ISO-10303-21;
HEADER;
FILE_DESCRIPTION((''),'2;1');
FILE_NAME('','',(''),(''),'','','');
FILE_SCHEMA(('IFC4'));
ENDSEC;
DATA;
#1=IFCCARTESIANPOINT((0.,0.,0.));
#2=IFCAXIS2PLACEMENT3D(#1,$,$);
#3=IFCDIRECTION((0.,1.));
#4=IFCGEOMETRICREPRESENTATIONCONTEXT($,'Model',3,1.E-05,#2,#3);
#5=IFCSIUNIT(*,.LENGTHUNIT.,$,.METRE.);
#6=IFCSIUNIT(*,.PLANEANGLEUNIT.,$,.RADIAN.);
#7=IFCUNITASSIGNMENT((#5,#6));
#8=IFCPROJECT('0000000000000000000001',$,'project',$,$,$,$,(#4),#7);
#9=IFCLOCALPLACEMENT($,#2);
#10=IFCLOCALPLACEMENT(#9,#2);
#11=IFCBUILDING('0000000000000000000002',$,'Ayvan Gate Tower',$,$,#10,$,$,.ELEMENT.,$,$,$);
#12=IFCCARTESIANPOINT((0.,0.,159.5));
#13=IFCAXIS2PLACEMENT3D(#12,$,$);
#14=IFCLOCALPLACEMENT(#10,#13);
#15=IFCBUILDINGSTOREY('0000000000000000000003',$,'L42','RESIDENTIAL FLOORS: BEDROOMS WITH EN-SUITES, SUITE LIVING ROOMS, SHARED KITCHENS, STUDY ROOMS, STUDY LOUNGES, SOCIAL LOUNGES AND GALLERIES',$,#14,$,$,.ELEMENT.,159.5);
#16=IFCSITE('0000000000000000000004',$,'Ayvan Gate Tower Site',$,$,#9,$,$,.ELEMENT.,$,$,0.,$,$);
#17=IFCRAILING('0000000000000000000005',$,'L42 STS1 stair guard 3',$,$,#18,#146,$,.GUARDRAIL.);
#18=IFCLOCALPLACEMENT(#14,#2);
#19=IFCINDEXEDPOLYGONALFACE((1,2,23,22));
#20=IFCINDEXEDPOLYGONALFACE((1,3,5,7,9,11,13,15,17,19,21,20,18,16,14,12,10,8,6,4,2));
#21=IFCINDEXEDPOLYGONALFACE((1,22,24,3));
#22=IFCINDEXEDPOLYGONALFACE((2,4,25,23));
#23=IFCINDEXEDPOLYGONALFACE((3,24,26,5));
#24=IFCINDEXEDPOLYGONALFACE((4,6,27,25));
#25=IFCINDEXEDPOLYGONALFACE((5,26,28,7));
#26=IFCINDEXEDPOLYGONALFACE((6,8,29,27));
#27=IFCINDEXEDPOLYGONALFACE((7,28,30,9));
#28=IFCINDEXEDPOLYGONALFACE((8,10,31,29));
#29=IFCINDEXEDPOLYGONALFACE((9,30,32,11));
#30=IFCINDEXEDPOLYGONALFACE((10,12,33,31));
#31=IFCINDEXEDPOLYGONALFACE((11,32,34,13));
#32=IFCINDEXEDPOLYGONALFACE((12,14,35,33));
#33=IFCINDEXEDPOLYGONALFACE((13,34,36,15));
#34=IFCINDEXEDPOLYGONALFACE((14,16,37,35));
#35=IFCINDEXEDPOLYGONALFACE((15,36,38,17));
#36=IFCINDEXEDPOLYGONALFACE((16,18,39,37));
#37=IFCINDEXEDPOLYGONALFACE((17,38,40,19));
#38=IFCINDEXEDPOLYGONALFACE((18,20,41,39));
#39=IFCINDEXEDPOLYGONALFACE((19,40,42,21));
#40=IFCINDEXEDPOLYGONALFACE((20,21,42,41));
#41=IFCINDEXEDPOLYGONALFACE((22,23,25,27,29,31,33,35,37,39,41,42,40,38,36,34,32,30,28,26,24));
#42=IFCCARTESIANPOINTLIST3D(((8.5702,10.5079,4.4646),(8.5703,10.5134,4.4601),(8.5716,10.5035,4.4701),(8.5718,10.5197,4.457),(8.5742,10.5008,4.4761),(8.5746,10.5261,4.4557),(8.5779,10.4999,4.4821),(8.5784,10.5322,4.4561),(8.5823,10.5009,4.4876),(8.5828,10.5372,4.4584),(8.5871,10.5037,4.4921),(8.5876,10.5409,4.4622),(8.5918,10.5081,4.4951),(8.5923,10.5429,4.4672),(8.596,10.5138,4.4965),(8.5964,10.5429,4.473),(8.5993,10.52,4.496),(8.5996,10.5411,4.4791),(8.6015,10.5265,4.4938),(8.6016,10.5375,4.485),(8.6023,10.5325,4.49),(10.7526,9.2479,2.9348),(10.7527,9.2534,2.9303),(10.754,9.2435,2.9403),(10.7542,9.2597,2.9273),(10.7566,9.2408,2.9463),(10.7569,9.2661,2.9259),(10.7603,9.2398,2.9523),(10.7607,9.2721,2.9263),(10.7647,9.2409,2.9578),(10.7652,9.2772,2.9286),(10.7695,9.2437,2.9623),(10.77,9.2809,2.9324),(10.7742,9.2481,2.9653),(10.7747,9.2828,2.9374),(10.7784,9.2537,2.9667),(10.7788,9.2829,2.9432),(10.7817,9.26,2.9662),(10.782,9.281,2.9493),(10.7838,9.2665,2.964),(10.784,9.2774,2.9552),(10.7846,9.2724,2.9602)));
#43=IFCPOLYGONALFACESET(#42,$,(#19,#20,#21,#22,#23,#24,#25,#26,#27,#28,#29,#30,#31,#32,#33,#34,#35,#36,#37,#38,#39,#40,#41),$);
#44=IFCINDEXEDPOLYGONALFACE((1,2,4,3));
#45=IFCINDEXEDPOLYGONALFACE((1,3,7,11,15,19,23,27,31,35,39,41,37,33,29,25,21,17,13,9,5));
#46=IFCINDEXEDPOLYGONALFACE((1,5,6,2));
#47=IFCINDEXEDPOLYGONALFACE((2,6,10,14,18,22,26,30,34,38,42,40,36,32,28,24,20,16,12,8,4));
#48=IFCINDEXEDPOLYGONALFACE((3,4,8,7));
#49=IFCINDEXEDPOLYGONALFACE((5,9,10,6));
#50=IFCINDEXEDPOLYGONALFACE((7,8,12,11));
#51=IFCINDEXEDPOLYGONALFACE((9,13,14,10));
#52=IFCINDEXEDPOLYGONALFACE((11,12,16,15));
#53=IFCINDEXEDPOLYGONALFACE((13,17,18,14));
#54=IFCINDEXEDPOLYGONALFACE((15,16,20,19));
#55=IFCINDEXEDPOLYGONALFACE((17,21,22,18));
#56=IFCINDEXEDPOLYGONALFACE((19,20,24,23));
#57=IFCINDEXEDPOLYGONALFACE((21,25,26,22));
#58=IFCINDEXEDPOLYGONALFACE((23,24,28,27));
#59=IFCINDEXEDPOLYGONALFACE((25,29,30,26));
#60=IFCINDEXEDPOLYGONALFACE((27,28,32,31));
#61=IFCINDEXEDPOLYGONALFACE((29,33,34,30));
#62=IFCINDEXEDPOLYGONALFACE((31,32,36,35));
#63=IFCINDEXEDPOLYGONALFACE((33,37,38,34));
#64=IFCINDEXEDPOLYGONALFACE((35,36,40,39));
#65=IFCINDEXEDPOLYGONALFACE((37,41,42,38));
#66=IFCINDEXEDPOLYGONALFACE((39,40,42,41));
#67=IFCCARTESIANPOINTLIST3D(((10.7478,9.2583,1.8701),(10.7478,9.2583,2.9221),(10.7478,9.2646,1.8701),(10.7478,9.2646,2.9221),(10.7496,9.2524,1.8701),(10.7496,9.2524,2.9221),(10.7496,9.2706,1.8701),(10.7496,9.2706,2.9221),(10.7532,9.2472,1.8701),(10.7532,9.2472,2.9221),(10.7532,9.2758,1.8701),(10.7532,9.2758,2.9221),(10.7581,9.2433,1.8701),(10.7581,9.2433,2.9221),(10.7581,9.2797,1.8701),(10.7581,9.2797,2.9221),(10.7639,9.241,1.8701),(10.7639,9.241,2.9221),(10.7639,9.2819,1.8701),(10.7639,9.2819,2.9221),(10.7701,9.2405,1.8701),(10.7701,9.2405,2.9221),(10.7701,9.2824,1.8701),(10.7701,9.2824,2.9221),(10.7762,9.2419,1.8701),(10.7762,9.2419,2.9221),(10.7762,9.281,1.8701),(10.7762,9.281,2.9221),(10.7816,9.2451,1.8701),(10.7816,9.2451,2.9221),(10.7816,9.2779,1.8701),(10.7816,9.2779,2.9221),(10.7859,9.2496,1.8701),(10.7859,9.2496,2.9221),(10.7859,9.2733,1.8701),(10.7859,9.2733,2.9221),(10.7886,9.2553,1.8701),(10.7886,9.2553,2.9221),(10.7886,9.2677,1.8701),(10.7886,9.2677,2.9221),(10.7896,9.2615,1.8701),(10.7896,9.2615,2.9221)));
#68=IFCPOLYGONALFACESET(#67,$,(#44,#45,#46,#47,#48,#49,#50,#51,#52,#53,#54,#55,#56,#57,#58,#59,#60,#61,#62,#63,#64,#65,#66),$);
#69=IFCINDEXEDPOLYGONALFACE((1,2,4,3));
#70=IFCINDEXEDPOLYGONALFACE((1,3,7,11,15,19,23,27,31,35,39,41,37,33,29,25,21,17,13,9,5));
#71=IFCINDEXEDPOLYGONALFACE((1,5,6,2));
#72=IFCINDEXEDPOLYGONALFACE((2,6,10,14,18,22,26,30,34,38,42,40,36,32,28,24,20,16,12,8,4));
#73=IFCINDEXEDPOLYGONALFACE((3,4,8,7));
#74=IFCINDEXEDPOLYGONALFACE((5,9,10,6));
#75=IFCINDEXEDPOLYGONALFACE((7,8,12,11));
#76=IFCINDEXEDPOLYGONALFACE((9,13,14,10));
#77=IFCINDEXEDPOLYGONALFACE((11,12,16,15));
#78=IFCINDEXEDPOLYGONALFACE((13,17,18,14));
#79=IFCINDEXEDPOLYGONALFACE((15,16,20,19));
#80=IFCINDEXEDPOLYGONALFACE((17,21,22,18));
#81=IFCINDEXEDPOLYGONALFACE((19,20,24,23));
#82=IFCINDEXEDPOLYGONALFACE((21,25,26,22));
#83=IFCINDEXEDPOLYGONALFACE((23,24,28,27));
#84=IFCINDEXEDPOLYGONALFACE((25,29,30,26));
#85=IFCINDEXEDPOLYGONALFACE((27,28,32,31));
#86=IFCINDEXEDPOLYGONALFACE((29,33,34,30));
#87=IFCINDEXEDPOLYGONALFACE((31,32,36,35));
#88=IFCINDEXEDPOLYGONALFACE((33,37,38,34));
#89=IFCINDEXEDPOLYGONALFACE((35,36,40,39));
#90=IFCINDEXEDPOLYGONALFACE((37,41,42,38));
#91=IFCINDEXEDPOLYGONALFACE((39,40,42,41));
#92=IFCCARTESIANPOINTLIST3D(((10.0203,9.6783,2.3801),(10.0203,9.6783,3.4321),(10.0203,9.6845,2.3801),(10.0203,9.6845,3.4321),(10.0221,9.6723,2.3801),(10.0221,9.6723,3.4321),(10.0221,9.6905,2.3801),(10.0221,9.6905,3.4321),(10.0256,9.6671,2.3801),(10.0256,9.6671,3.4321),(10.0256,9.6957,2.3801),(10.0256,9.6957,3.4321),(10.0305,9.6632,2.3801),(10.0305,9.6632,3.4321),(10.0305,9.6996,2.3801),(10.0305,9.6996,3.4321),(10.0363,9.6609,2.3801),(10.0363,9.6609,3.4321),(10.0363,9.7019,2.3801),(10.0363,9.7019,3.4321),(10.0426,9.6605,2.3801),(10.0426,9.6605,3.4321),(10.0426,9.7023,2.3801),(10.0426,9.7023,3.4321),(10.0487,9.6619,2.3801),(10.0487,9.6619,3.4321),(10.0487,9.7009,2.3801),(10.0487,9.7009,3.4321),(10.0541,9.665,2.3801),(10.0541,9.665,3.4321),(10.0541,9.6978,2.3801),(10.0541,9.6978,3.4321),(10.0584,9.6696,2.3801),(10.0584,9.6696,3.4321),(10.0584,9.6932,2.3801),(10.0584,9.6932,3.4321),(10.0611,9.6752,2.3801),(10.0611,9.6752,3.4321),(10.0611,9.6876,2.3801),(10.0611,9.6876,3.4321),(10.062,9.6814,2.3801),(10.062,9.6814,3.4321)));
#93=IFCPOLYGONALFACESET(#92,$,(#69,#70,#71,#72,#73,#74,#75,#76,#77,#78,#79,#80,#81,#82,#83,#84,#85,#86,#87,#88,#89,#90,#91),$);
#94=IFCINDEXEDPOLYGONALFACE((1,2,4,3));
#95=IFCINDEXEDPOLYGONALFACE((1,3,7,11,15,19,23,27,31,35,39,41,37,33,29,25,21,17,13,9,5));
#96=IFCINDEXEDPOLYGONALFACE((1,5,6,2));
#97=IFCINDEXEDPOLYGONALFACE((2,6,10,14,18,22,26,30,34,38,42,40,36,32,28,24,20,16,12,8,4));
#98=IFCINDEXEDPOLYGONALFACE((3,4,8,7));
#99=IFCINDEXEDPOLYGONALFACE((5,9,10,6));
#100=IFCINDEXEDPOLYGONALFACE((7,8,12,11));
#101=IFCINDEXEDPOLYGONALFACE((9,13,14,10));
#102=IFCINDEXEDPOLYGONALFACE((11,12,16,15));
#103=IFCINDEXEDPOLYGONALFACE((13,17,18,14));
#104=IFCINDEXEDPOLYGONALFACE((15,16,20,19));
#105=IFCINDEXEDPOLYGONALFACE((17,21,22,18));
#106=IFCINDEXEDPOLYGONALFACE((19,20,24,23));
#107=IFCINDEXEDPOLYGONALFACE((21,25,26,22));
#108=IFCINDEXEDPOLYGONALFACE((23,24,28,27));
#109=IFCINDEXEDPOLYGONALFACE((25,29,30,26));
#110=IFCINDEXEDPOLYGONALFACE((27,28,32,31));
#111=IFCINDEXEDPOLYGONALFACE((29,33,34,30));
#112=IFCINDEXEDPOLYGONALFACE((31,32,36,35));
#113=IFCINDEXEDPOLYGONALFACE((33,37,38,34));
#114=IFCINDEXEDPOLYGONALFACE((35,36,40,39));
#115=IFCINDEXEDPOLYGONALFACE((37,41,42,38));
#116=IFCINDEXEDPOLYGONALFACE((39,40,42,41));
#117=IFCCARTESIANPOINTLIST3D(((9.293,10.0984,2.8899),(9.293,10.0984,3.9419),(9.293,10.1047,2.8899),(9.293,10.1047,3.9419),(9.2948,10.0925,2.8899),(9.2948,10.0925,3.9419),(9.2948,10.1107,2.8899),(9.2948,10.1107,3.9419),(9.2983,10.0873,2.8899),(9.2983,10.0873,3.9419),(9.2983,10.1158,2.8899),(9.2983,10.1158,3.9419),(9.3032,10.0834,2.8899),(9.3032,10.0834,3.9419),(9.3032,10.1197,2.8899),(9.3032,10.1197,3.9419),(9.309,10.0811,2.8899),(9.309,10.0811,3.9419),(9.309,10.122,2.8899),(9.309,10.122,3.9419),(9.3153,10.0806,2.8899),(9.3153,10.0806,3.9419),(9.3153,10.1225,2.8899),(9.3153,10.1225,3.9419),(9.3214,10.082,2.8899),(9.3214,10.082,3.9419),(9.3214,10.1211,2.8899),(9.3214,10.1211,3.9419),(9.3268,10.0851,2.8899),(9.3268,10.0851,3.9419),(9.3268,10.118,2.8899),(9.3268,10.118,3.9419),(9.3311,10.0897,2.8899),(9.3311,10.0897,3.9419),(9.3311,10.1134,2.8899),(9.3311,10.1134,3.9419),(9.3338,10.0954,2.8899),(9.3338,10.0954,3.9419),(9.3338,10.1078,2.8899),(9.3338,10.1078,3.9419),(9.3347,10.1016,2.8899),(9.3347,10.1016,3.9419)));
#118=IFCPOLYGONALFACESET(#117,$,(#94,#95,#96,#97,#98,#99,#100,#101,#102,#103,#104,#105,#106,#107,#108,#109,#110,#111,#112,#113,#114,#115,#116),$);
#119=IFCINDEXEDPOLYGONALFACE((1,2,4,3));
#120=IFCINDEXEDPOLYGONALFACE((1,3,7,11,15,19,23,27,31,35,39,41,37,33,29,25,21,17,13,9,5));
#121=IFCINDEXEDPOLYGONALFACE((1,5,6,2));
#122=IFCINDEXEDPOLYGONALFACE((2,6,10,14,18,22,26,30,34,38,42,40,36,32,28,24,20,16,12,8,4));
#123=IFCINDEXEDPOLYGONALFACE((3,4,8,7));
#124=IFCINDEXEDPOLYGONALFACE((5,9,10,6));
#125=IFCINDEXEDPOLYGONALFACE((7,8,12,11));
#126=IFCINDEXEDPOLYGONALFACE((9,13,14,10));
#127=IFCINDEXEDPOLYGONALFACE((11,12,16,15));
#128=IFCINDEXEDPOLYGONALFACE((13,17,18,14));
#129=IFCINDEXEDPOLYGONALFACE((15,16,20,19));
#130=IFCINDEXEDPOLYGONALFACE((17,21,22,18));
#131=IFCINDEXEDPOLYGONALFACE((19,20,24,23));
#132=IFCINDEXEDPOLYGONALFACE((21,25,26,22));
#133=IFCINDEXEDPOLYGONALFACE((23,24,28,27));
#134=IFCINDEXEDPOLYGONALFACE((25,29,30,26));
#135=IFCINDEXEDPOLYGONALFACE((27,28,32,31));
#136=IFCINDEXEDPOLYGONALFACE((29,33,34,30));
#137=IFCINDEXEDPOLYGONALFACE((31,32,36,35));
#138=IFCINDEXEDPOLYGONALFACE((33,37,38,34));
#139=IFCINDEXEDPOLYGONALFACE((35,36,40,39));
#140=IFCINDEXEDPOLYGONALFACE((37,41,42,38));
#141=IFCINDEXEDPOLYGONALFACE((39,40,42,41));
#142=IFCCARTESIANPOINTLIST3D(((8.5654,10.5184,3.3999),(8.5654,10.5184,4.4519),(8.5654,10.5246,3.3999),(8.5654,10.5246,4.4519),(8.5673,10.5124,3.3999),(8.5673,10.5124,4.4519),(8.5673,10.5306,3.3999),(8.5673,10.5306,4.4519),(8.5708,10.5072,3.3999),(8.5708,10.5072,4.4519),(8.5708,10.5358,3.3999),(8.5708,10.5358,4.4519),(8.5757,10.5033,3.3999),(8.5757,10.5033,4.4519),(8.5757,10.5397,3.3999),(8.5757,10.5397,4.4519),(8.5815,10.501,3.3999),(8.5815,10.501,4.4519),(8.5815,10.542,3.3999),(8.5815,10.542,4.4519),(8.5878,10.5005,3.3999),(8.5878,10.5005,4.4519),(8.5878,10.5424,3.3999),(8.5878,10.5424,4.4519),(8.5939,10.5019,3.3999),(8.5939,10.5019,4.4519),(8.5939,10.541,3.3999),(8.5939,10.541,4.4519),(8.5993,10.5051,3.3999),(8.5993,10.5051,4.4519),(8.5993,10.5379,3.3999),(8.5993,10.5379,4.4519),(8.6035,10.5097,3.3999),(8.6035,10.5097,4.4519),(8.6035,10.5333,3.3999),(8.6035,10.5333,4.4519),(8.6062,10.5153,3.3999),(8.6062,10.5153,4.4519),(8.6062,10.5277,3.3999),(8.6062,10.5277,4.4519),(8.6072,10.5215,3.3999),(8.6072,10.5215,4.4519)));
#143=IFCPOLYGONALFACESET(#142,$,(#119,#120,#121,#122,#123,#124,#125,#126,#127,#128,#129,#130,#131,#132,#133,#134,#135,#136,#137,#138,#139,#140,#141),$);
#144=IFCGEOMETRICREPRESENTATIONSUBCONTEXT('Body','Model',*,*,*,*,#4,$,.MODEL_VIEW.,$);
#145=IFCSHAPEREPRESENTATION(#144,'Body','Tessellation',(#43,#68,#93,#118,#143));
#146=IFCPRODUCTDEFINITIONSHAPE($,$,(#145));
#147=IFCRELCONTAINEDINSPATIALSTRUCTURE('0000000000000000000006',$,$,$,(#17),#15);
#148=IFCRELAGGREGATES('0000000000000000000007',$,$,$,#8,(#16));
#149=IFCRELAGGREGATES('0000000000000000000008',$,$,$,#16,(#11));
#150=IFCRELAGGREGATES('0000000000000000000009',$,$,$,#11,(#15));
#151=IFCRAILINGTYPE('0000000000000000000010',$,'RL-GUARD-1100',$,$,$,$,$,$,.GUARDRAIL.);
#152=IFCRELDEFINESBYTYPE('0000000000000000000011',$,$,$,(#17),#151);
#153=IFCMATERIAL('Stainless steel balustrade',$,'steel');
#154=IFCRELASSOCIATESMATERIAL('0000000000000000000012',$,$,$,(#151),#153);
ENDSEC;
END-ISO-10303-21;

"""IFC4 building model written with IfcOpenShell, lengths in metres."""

from ifc_helpers import new_model, si_unit, direction, frame, origin, origin_2d, place, context, subcontext, project, spatial, circle, extrude, material, type_object, element, save


model = new_model("IFC4")

# Units and contexts
model_context = context("Model", 3, precision=1e-05, world=origin(), true_north=direction((0.0, 1.0)))
body_context = subcontext(model_context, "Body", "Model", "MODEL_VIEW")
ifc_project = project(units=[si_unit("LENGTHUNIT", "METRE"), si_unit("PLANEANGLEUNIT", "RADIAN")], contexts=[model_context])

# Site, building, storey
site_placement = place(None, origin())
site = spatial("IfcSite", under=ifc_project, at=site_placement, Name="Ayvan Gate Tower Site", CompositionType="ELEMENT", RefElevation=0.0)
building_placement = place(site_placement, origin())
building = spatial("IfcBuilding", under=site, at=building_placement, Name="Ayvan Gate Tower", CompositionType="ELEMENT")
storey_placement = place(building_placement, frame((0.0, 0.0, 159.5)))
storey = spatial("IfcBuildingStorey", under=building, at=storey_placement, Name="L42", Description="RESIDENTIAL FLOORS: BEDROOMS WITH EN-SUITES, SUITE LIVING ROOMS, SHARED KITCHENS, STUDY ROOMS, STUDY LOUNGES, SOCIAL LOUNGES AND GALLERIES", CompositionType="ELEMENT", Elevation=159.5)

# Railing
ifc_material_1 = material(Name="Stainless steel balustrade", Category="steel")
railing_type_1 = type_object("IfcRailingType", Name="RL-GUARD-1100", PredefinedType="GUARDRAIL", material=ifc_material_1)
railing_1_placement = place(storey_placement, frame((10.7686, 9.2615, 1.8701)))
element("IfcRailing", 1, at=railing_1_placement, inside=storey, type_object=railing_type_1, Name="L42 STS1 stair guard 3", PredefinedType="GUARDRAIL", context=body_context, shape_type="SweptSolid", body=[
    extrude(circle(Radius=0.0239, at=origin_2d()), frame((0.0, 0.0, 1.0762), z_axis=(-0.740293, 0.427414, 0.518926), x_axis=(-0.500005, -0.866023, 0.0)), (0.0, 0.0, 1.0), 2.948),
    extrude(circle(Radius=0.021, at=origin_2d()), origin(), (0.0, 0.0, 1.0), 1.052),
    extrude(circle(Radius=0.021, at=origin_2d()), frame((-0.7275, 0.4199, 0.51)), (0.0, 0.0, 1.0), 1.052),
    extrude(circle(Radius=0.021, at=origin_2d()), frame((-1.4548, 0.8401, 1.0198)), (0.0, 0.0, 1.0), 1.052),
    extrude(circle(Radius=0.021, at=origin_2d()), frame((-2.1824, 1.26, 1.5298)), (0.0, 0.0, 1.0), 1.052),
])

save(model, "model.ifc")
